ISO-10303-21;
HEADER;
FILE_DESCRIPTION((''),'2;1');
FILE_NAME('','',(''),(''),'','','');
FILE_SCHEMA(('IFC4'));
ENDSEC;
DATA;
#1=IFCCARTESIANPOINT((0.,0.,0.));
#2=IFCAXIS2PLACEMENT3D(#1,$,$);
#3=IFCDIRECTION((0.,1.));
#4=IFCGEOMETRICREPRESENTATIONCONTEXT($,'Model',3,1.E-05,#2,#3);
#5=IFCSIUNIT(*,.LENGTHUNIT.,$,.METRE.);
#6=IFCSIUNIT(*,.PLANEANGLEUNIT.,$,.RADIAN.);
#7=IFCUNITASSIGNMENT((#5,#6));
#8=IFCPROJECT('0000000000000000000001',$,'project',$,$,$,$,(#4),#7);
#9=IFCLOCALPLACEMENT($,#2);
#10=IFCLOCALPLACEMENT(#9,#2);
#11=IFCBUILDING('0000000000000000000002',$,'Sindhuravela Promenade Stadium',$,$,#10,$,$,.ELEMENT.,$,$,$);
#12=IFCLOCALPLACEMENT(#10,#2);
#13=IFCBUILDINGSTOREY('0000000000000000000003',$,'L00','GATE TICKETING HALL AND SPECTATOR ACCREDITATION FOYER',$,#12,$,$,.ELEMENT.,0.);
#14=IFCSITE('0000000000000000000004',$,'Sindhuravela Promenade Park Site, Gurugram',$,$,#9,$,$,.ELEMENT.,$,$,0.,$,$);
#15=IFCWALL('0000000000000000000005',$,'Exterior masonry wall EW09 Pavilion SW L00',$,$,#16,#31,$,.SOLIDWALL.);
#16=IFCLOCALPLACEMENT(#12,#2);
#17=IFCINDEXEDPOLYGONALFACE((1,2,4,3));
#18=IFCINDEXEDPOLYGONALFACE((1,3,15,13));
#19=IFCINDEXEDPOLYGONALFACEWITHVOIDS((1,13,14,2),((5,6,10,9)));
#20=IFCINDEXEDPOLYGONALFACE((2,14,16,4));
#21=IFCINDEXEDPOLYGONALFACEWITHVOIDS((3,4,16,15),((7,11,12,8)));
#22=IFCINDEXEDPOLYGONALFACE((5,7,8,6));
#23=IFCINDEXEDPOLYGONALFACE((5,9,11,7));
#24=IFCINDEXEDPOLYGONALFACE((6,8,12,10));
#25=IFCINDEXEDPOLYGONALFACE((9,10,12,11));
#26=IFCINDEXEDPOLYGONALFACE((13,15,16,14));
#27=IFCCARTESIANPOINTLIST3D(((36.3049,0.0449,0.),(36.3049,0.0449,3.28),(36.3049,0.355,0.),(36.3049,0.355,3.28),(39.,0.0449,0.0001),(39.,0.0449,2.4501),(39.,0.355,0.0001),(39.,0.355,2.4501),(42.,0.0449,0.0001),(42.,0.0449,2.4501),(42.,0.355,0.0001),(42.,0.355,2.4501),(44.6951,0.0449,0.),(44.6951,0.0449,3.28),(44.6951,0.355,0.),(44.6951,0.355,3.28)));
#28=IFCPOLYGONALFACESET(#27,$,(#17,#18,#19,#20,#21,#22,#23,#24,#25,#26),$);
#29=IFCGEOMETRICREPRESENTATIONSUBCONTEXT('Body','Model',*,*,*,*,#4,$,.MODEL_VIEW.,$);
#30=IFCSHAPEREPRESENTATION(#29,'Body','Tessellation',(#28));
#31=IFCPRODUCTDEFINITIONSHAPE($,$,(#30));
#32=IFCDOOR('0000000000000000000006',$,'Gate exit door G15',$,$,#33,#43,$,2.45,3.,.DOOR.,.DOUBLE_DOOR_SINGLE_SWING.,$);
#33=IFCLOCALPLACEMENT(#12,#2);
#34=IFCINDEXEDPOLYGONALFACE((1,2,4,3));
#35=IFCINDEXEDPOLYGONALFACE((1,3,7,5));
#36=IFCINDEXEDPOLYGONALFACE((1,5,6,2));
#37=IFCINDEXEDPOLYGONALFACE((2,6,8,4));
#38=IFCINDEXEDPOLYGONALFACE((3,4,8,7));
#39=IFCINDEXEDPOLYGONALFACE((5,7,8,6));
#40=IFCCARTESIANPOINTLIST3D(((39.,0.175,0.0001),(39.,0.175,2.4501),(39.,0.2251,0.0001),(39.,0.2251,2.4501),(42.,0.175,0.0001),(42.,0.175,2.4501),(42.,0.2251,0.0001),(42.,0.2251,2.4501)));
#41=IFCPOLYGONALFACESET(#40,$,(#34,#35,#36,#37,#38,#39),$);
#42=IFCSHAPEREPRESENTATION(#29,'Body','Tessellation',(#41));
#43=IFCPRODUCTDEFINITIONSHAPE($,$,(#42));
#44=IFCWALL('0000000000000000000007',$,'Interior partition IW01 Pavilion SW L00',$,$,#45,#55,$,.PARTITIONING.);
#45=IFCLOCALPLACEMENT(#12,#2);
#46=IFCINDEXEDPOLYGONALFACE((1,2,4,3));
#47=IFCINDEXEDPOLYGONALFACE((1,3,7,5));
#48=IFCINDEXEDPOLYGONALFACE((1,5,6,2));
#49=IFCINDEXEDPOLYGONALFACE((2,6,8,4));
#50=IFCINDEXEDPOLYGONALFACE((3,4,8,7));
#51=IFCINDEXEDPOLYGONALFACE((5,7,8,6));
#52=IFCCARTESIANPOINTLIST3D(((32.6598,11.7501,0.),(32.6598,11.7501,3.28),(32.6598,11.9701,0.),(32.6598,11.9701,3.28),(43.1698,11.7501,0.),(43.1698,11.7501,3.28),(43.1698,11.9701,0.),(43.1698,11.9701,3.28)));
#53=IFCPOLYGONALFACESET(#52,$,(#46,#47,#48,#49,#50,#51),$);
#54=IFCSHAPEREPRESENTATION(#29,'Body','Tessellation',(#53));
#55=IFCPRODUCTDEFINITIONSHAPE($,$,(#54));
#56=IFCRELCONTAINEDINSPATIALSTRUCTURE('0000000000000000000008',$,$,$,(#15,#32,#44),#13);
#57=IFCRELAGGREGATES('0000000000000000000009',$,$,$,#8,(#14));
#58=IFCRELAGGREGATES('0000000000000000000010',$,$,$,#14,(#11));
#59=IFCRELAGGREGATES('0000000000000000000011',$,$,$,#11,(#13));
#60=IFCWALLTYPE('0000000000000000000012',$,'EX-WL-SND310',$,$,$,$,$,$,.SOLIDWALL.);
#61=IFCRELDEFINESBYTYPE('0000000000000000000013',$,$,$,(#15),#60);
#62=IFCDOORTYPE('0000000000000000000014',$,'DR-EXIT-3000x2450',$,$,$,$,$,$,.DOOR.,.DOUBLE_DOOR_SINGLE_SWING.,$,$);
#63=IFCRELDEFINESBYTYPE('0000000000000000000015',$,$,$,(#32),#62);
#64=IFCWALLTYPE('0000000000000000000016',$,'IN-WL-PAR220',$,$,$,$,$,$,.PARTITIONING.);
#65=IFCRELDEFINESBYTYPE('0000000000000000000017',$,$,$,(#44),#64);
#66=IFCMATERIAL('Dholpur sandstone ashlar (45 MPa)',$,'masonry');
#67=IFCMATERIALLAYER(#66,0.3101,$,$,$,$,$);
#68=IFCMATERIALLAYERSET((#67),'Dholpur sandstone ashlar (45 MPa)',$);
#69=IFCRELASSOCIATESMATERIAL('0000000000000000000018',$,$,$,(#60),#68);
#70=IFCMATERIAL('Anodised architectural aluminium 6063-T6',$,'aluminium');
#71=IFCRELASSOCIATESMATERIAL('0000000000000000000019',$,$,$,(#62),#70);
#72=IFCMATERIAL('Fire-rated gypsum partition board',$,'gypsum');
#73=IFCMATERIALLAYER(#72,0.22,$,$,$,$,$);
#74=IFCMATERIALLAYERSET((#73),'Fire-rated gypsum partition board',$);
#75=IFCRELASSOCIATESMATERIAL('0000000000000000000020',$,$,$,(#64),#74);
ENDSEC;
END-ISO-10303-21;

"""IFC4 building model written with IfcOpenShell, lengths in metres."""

from ifc_helpers import new_model, si_unit, direction, frame, frame_2d, origin, place, context, subcontext, project, spatial, rectangle, extrude, material, layer, layer_set, type_object, element, fill, save


model = new_model("IFC4")

# Units and contexts
model_context = context("Model", 3, precision=1e-05, world=origin(), true_north=direction((0.0, 1.0)))
body_context = subcontext(model_context, "Body", "Model", "MODEL_VIEW")
ifc_project = project(units=[si_unit("LENGTHUNIT", "METRE"), si_unit("PLANEANGLEUNIT", "RADIAN")], contexts=[model_context])

# Site, building, storey
site_placement = place(None, origin())
site = spatial("IfcSite", under=ifc_project, at=site_placement, Name="Sindhuravela Promenade Park Site, Gurugram", CompositionType="ELEMENT", RefElevation=0.0)
building_placement = place(site_placement, origin())
building = spatial("IfcBuilding", under=site, at=building_placement, Name="Sindhuravela Promenade Stadium", CompositionType="ELEMENT")
storey_placement = place(building_placement, origin())
storey = spatial("IfcBuildingStorey", under=building, at=storey_placement, Name="L00", Description="GATE TICKETING HALL AND SPECTATOR ACCREDITATION FOYER", CompositionType="ELEMENT", Elevation=0.0)

# Wall, opening, door
ifc_material_1 = material(Name="Dholpur sandstone ashlar (45 MPa)", Category="masonry")
ifc_material_2 = material(Name="Anodised architectural aluminium 6063-T6", Category="aluminium")
ifc_layer_1 = layer(ifc_material_1, 0.3101)
ifc_layer_set_1 = layer_set([ifc_layer_1], Name="Dholpur sandstone ashlar (45 MPa)")
wall_type_1 = type_object("IfcWallType", Name="EX-WL-SND310", PredefinedType="SOLIDWALL", material=ifc_layer_set_1)
wall_1_placement = place(storey_placement, frame((44.6951, 0.2, 0.0), z_axis=(0.0, 0.0, 1.0), x_axis=(-1.0, 0.0, 0.0)))
wall_1 = element("IfcWall", 1, at=wall_1_placement, inside=storey, type_object=wall_type_1, Name="Exterior masonry wall EW09 Pavilion SW L00", PredefinedType="SOLIDWALL", context=body_context, shape_type="SweptSolid", body=[
    extrude(rectangle(XDim=8.3901, YDim=0.3101, at=frame_2d((4.1951, 0.0))), origin(), (0.0, 0.0, 1.0), 3.28),
])
opening_1_placement = place(wall_1_placement, frame((2.6951, 0.0, 0.0)))
opening_1 = element("IfcOpeningElement", 2, at=opening_1_placement, cuts=wall_1, PredefinedType="OPENING", context=body_context, shape_type="SweptSolid", body=[
    extrude(rectangle(XDim=3.0, YDim=2.45, at=frame_2d((1.5, 1.2251))), frame((0.0, 0.165, 0.0), z_axis=(0.0, -1.0, 0.0), x_axis=(1.0, 0.0, 0.0)), (0.0, 0.0, 1.0), 0.3301),
])
door_type_1 = type_object("IfcDoorType", Name="DR-EXIT-3000x2450", OperationType="DOUBLE_DOOR_SINGLE_SWING", PredefinedType="DOOR", material=ifc_material_2)
door_1_placement = place(opening_1_placement, origin())
door_1 = element("IfcDoor", 3, at=door_1_placement, inside=storey, type_object=door_type_1, Name="Gate exit door G15", OperationType="DOUBLE_DOOR_SINGLE_SWING", OverallHeight=2.45, OverallWidth=3.0, PredefinedType="DOOR", context=body_context, shape_type="SweptSolid", body=[
    extrude(rectangle(XDim=3.0, YDim=2.45, at=frame_2d((1.5, 1.2251))), frame((0.0, 0.0249, 0.0), z_axis=(0.0, -1.0, 0.0), x_axis=(1.0, 0.0, 0.0)), (0.0, 0.0, 1.0), 0.05),
])
fill(opening_1, door_1)

# Wall
ifc_material_3 = material(Name="Fire-rated gypsum partition board", Category="gypsum")
ifc_layer_2 = layer(ifc_material_3, 0.22)
ifc_layer_set_2 = layer_set([ifc_layer_2], Name="Fire-rated gypsum partition board")
wall_type_2 = type_object("IfcWallType", Name="IN-WL-PAR220", PredefinedType="PARTITIONING", material=ifc_layer_set_2)
wall_2_placement = place(storey_placement, frame((32.6599, 11.8601, 0.0), z_axis=(0.0, 0.0, 1.0), x_axis=(1.0, 0.0, 0.0)))
element("IfcWall", 4, at=wall_2_placement, inside=storey, type_object=wall_type_2, Name="Interior partition IW01 Pavilion SW L00", PredefinedType="PARTITIONING", context=body_context, shape_type="SweptSolid", body=[
    extrude(rectangle(XDim=10.51, YDim=0.22, at=frame_2d((5.2549, 0.0))), origin(), (0.0, 0.0, 1.0), 3.28),
])

save(model, "model.ifc")
